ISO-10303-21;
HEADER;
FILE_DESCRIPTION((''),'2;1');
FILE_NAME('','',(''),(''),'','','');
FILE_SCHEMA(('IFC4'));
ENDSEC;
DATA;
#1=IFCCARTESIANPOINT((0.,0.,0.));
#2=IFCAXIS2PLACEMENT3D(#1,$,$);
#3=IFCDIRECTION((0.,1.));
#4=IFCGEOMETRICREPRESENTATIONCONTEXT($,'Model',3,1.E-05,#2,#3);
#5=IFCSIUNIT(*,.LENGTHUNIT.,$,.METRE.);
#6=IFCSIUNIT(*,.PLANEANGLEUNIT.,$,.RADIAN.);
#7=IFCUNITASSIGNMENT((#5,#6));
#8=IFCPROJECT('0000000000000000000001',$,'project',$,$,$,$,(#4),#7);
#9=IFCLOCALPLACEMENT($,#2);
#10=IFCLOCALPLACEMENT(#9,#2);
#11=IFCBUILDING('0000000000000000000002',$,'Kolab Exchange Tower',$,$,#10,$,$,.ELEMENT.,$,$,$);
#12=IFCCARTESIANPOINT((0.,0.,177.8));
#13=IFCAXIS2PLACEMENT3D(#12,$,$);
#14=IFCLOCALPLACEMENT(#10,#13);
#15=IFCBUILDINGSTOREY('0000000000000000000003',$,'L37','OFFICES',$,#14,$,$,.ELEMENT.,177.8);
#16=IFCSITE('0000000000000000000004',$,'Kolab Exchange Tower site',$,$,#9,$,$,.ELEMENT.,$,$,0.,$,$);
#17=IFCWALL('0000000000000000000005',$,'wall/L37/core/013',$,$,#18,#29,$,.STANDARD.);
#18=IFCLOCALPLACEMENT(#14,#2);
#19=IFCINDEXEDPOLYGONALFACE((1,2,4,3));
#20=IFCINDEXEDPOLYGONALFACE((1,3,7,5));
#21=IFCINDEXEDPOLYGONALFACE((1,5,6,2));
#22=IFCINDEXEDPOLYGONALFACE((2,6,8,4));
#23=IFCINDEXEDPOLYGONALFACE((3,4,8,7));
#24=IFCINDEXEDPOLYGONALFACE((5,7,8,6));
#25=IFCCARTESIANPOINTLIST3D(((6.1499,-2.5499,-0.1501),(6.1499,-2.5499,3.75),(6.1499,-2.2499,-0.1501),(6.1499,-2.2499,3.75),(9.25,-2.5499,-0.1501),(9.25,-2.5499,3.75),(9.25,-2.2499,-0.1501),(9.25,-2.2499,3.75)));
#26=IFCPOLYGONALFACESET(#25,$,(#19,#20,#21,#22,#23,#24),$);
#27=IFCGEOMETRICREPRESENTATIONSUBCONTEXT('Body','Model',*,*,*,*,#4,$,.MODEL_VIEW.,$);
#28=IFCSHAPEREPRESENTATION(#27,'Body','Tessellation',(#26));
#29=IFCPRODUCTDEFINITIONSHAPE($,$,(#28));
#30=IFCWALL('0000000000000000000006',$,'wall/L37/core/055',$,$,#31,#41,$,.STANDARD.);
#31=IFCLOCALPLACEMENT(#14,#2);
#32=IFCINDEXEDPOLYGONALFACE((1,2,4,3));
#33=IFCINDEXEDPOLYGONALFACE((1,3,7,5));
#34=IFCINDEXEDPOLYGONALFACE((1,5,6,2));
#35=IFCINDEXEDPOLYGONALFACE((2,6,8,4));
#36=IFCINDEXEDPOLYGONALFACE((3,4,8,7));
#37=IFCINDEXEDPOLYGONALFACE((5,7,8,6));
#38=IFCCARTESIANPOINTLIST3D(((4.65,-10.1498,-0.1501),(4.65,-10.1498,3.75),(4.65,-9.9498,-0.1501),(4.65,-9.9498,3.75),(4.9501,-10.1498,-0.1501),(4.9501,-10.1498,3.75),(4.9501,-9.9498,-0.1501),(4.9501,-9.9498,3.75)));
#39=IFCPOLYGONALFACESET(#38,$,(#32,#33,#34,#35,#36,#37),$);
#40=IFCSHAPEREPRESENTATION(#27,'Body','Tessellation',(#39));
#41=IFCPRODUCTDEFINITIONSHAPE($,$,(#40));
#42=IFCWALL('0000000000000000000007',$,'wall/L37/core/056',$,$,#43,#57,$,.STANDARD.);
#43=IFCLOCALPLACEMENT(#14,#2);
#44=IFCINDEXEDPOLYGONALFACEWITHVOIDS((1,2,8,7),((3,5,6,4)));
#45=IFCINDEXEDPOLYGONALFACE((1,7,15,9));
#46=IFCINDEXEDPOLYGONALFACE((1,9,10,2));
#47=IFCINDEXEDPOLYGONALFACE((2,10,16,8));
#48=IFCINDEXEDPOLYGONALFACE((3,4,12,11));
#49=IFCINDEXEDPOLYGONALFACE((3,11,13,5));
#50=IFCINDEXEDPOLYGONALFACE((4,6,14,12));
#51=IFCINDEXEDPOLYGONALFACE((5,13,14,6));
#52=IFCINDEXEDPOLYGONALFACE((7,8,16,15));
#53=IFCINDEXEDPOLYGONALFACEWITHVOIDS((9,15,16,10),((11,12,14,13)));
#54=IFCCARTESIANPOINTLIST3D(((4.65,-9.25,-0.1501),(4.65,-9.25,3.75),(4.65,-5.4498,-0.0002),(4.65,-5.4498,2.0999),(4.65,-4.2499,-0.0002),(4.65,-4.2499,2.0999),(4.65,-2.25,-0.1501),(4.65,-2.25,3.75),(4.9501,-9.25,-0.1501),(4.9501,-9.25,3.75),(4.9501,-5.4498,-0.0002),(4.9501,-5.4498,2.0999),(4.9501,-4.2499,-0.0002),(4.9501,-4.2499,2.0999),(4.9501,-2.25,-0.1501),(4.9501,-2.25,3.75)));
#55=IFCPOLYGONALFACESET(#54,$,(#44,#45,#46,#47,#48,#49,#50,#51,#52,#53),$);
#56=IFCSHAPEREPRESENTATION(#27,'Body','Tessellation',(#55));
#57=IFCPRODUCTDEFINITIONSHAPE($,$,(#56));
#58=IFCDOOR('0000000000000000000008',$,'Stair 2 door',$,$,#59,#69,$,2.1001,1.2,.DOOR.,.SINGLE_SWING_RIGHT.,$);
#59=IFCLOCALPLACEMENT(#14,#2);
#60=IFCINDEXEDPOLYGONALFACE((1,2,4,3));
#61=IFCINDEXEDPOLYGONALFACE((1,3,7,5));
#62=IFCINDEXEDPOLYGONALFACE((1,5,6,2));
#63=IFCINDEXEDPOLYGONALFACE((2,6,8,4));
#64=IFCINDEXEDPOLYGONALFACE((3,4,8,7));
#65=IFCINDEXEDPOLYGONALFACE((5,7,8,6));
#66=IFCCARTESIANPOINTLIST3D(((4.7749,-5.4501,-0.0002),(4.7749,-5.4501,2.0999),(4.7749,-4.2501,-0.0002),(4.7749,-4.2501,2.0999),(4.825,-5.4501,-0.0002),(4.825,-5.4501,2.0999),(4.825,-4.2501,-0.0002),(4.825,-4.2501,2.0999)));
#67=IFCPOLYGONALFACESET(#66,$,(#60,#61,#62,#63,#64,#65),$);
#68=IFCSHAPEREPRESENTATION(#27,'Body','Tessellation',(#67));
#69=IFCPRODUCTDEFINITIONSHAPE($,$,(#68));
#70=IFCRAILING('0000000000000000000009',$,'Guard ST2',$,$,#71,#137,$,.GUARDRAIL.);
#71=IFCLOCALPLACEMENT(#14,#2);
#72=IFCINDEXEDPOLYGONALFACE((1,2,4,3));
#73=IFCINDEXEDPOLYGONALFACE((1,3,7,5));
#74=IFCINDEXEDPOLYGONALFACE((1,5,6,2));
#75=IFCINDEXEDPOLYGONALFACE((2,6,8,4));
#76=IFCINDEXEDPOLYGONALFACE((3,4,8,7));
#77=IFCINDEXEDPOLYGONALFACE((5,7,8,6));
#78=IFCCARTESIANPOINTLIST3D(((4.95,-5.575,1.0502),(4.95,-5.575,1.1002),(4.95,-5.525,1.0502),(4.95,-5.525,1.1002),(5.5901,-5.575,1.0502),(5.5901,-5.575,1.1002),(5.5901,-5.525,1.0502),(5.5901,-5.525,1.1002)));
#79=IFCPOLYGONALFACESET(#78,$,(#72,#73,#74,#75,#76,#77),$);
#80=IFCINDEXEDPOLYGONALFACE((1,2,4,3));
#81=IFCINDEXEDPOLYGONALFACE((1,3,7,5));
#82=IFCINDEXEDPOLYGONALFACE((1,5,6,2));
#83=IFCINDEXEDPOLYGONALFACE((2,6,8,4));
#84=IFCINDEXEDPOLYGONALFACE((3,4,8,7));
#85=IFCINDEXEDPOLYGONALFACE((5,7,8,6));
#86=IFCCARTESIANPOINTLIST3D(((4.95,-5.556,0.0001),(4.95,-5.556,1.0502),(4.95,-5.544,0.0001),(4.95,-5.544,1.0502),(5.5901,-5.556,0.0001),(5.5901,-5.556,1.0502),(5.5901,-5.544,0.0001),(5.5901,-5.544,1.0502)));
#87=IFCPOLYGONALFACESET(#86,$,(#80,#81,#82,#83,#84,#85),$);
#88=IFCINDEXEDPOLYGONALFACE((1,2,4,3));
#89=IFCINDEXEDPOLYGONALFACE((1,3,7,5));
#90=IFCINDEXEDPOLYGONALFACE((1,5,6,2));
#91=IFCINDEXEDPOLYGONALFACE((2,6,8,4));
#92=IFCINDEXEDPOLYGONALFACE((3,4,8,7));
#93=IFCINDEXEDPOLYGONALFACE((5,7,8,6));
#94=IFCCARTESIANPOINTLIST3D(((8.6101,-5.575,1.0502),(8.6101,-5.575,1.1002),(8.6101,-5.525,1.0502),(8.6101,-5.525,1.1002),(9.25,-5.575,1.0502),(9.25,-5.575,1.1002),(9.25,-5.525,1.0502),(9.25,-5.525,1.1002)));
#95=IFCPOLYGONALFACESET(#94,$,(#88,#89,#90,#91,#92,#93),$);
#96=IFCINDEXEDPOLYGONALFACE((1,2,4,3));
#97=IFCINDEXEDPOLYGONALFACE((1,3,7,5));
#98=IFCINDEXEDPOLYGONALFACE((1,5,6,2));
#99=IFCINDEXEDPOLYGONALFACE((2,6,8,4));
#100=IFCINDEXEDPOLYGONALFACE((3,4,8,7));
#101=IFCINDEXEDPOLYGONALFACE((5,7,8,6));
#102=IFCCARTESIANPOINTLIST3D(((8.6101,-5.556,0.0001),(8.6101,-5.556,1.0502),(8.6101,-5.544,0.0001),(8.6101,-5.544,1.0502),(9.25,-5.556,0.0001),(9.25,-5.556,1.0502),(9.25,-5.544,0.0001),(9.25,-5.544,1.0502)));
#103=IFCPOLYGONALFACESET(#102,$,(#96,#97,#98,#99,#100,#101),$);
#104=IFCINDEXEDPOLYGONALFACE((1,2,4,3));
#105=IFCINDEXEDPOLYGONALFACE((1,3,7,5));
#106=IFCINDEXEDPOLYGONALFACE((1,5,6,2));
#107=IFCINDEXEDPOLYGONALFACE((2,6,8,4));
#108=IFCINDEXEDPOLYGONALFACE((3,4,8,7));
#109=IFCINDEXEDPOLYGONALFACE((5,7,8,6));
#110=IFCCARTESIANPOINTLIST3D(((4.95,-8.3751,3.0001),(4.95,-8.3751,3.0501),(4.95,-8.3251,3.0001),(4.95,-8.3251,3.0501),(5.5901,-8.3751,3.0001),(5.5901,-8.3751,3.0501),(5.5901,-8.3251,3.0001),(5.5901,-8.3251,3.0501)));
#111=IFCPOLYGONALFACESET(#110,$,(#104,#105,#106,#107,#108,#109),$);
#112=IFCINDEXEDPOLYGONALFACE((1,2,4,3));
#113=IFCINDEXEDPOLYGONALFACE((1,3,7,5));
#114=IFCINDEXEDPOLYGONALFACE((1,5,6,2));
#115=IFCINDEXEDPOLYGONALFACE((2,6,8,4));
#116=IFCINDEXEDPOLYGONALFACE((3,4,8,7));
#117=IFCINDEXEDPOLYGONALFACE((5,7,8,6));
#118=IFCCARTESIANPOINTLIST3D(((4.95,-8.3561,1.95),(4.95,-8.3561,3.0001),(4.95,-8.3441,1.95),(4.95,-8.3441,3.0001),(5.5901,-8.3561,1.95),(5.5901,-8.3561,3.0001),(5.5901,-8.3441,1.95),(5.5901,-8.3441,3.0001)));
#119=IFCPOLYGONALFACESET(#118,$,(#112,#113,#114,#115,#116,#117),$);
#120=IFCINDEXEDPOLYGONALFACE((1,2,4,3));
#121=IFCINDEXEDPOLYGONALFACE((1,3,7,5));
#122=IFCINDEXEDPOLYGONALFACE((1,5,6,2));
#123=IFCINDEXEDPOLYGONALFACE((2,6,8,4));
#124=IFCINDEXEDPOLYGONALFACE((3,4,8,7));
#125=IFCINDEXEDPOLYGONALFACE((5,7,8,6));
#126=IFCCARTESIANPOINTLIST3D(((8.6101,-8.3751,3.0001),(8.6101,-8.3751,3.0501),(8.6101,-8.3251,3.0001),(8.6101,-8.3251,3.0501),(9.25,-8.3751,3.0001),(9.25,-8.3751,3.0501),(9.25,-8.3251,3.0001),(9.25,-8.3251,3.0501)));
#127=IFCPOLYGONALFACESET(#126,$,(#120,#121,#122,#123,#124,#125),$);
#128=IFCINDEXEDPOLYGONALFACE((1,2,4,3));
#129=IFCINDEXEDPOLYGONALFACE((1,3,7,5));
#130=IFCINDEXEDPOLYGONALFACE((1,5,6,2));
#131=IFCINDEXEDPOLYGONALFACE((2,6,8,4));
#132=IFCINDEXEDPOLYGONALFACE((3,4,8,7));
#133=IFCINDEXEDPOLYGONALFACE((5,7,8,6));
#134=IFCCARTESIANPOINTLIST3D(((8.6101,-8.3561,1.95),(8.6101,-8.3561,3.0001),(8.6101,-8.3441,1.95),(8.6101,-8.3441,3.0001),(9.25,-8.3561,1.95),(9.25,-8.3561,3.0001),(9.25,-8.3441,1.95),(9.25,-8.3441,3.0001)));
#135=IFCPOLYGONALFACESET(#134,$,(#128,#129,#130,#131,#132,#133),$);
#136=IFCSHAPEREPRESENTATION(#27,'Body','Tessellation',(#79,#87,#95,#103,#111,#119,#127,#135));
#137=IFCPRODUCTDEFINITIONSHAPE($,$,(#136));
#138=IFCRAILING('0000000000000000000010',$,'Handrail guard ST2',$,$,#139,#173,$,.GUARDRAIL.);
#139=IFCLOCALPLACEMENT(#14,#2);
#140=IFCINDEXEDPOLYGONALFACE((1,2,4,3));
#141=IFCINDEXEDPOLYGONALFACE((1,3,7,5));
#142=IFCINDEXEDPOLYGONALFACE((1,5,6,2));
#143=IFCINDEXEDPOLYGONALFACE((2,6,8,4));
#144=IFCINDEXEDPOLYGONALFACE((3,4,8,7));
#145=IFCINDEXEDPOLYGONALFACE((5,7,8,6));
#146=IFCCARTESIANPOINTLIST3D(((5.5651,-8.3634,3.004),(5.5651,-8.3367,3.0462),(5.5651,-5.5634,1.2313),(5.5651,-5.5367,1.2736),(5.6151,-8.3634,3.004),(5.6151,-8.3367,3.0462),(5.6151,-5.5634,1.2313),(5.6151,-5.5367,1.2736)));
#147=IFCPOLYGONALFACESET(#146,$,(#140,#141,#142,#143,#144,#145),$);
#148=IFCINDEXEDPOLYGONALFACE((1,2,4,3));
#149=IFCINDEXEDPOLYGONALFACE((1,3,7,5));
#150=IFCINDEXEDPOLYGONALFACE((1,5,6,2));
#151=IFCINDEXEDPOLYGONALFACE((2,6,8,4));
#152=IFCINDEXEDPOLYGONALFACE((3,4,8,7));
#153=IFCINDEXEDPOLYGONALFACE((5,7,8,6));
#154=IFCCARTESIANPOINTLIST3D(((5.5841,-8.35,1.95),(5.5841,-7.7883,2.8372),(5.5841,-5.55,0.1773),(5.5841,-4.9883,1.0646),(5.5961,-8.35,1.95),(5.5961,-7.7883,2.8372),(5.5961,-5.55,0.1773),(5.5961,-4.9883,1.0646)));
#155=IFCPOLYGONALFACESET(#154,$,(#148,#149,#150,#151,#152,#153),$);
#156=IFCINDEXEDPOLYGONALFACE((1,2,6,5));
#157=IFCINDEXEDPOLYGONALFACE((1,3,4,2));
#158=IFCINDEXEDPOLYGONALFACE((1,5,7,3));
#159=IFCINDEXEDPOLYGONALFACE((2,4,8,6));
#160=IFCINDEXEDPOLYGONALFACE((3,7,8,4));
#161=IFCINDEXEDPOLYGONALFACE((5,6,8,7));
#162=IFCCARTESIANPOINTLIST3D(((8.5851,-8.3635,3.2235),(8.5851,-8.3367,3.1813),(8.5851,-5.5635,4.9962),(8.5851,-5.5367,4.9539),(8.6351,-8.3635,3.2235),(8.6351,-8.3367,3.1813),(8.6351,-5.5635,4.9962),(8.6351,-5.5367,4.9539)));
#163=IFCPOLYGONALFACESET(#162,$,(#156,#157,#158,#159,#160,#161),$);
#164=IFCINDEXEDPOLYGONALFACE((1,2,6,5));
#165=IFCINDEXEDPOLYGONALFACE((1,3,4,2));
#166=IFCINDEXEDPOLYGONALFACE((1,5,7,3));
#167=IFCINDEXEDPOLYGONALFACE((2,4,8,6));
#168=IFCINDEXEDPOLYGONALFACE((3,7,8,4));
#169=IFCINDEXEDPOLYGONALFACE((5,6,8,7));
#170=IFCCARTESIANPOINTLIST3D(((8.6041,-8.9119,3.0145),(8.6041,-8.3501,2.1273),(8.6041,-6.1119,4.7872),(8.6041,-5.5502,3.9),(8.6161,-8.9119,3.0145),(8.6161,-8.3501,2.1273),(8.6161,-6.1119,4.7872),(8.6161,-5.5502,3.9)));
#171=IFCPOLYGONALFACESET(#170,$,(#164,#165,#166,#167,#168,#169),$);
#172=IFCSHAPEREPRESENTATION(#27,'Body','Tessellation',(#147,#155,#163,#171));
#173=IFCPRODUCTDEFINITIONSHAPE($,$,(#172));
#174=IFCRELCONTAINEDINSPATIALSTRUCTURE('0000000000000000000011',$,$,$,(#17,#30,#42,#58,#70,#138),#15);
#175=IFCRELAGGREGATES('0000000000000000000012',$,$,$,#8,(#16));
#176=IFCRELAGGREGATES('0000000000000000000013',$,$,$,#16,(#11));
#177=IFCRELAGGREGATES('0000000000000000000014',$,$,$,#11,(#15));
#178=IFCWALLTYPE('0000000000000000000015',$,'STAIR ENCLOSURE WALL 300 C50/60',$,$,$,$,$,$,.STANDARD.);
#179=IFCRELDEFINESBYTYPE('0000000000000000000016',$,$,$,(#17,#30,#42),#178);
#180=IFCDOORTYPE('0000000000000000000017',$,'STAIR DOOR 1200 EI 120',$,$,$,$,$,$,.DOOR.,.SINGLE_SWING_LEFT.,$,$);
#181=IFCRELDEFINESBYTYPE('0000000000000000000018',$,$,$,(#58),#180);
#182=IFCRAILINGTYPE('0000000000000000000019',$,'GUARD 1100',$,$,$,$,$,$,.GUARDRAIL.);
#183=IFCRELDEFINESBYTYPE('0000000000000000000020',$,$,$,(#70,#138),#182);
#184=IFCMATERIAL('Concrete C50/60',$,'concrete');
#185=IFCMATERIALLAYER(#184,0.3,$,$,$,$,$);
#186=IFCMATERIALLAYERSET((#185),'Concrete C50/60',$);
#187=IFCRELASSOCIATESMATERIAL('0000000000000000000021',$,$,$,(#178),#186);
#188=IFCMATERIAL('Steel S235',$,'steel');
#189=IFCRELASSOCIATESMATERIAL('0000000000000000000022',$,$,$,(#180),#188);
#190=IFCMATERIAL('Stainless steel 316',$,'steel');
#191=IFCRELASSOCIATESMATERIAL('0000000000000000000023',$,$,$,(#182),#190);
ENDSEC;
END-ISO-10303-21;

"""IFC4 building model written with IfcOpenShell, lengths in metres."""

from ifc_helpers import new_model, si_unit, direction, frame, frame_2d, origin, origin_2d, place, context, subcontext, project, spatial, rectangle, extrude, material, layer, layer_set, type_object, element, fill, save


model = new_model("IFC4")

# Units and contexts
model_context = context("Model", 3, precision=1e-05, world=origin(), true_north=direction((0.0, 1.0)))
body_context = subcontext(model_context, "Body", "Model", "MODEL_VIEW")
ifc_project = project(units=[si_unit("LENGTHUNIT", "METRE"), si_unit("PLANEANGLEUNIT", "RADIAN")], contexts=[model_context])

# Site, building, storey
site_placement = place(None, origin())
site = spatial("IfcSite", under=ifc_project, at=site_placement, Name="Kolab Exchange Tower site", CompositionType="ELEMENT", RefElevation=0.0)
building_placement = place(site_placement, origin())
building = spatial("IfcBuilding", under=site, at=building_placement, Name="Kolab Exchange Tower", CompositionType="ELEMENT")
storey_placement = place(building_placement, frame((0.0, 0.0, 177.8)))
storey = spatial("IfcBuildingStorey", under=building, at=storey_placement, Name="L37", Description="OFFICES", CompositionType="ELEMENT", Elevation=177.8)

# Shared definitions
ifc_material_1 = material(Name="Concrete C50/60", Category="concrete")
ifc_material_2 = material(Name="Stainless steel 316", Category="steel")

# Walls
ifc_layer_1 = layer(ifc_material_1, 0.3)
ifc_layer_set_1 = layer_set([ifc_layer_1], Name="Concrete C50/60")
wall_type_1 = type_object("IfcWallType", Name="STAIR ENCLOSURE WALL 300 C50/60", PredefinedType="STANDARD", material=ifc_layer_set_1)
wall_1_placement = place(storey_placement, frame((6.1499, -2.3999, -0.1501), z_axis=(0.0, 0.0, 1.0), x_axis=(1.0, 0.0, 0.0)))
element("IfcWall", 1, at=wall_1_placement, inside=storey, type_object=wall_type_1, Name="wall/L37/core/013", PredefinedType="STANDARD", context=body_context, shape_type="SweptSolid", body=[
    extrude(rectangle(XDim=3.1001, YDim=0.3, at=frame_2d((1.55, 0.0))), origin(), (0.0, 0.0, 1.0), 3.9001),
])
wall_2_placement = place(storey_placement, frame((4.8, -10.1499, -0.1501), z_axis=(0.0, 0.0, 1.0), x_axis=(0.0, 1.0, 0.0)))
element("IfcWall", 2, at=wall_2_placement, inside=storey, type_object=wall_type_1, Name="wall/L37/core/055", PredefinedType="STANDARD", context=body_context, shape_type="SweptSolid", body=[
    extrude(rectangle(XDim=0.2, YDim=0.3, at=frame_2d((0.1001, 0.0))), origin(), (0.0, 0.0, 1.0), 3.9001),
])

# Wall, opening, door
wall_3_placement = place(storey_placement, frame((4.8, -9.25, -0.1501), z_axis=(0.0, 0.0, 1.0), x_axis=(0.0, 1.0, 0.0)))
wall_3 = element("IfcWall", 3, at=wall_3_placement, inside=storey, type_object=wall_type_1, Name="wall/L37/core/056", PredefinedType="STANDARD", context=body_context, shape_type="SweptSolid", body=[
    extrude(rectangle(XDim=7.0, YDim=0.3, at=frame_2d((3.5, 0.0))), origin(), (0.0, 0.0, 1.0), 3.9001),
])
opening_1_placement = place(wall_3_placement, frame((3.8, 0.0, 0.1499)))
opening_1 = element("IfcOpeningElement", 4, at=opening_1_placement, cuts=wall_3, PredefinedType="OPENING", context=body_context, shape_type="SweptSolid", body=[
    extrude(rectangle(XDim=1.2, YDim=2.1001, at=frame_2d((0.6001, 1.05))), frame((0.0, 0.1602, 0.0), z_axis=(0.0, -1.0, 0.0), x_axis=(1.0, 0.0, 0.0)), (0.0, 0.0, 1.0), 0.3201),
])
ifc_material_3 = material(Name="Steel S235", Category="steel")
door_type_1 = type_object("IfcDoorType", Name="STAIR DOOR 1200 EI 120", OperationType="SINGLE_SWING_LEFT", PredefinedType="DOOR", material=ifc_material_3)
door_1_placement = place(opening_1_placement, frame((1.2, 0.0, 0.0), z_axis=(0.0, 0.0, 1.0), x_axis=(-1.0, 0.0, 0.0)))
door_1 = element("IfcDoor", 5, at=door_1_placement, inside=storey, type_object=door_type_1, Name="Stair 2 door", OperationType="SINGLE_SWING_RIGHT", OverallHeight=2.1001, OverallWidth=1.2, PredefinedType="DOOR", context=body_context, shape_type="SweptSolid", body=[
    extrude(rectangle(XDim=1.2, YDim=2.1001, at=frame_2d((0.6001, 1.05))), frame((0.0, 0.0249, 0.0), z_axis=(0.0, -1.0, 0.0), x_axis=(1.0, 0.0, 0.0)), (0.0, 0.0, 1.0), 0.05),
])
fill(opening_1, door_1)

# Railings
railing_type = type_object("IfcRailingType", Name="GUARD 1100", PredefinedType="GUARDRAIL", material=ifc_material_2)
railing_1_placement = place(storey_placement, frame((4.95, -5.55, 0.0)))
element("IfcRailing", 6, at=railing_1_placement, inside=storey, type_object=railing_type, Name="Guard ST2", PredefinedType="GUARDRAIL", context=body_context, shape_type="SweptSolid", body=[
    extrude(rectangle(XDim=0.05, YDim=0.05, at=origin_2d()), frame((0.0, 0.0, 1.0752), z_axis=(1.0, 0.0, 0.0), x_axis=(0.0, 1.0, 0.0)), (0.0, 0.0, 1.0), 0.6401),
    extrude(rectangle(XDim=0.012, YDim=1.0501, at=frame_2d((0.0, 0.5251))), frame((0.0, 0.0, 0.0), z_axis=(1.0, 0.0, 0.0), x_axis=(0.0, 1.0, 0.0)), (0.0, 0.0, 1.0), 0.6401),
    extrude(rectangle(XDim=0.05, YDim=0.05, at=origin_2d()), frame((3.6602, 0.0, 1.0752), z_axis=(1.0, 0.0, 0.0), x_axis=(0.0, 1.0, 0.0)), (0.0, 0.0, 1.0), 0.6399),
    extrude(rectangle(XDim=0.012, YDim=1.0501, at=frame_2d((0.0, 0.5251))), frame((3.6602, 0.0, 0.0), z_axis=(1.0, 0.0, 0.0), x_axis=(0.0, 1.0, 0.0)), (0.0, 0.0, 1.0), 0.6399),
    extrude(rectangle(XDim=0.05, YDim=0.05, at=origin_2d()), frame((0.0, -2.8, 3.0251), z_axis=(1.0, 0.0, 0.0), x_axis=(0.0, 1.0, 0.0)), (0.0, 0.0, 1.0), 0.6401),
    extrude(rectangle(XDim=0.012, YDim=1.0501, at=frame_2d((0.0, 0.5251))), frame((0.0, -2.8, 1.95), z_axis=(1.0, 0.0, 0.0), x_axis=(0.0, 1.0, 0.0)), (0.0, 0.0, 1.0), 0.6401),
    extrude(rectangle(XDim=0.05, YDim=0.05, at=origin_2d()), frame((3.6602, -2.8, 3.0251), z_axis=(1.0, 0.0, 0.0), x_axis=(0.0, 1.0, 0.0)), (0.0, 0.0, 1.0), 0.6399),
    extrude(rectangle(XDim=0.012, YDim=1.0501, at=frame_2d((0.0, 0.5251))), frame((3.6602, -2.8, 1.95), z_axis=(1.0, 0.0, 0.0), x_axis=(0.0, 1.0, 0.0)), (0.0, 0.0, 1.0), 0.6399),
])
railing_2_placement = place(storey_placement, frame((5.5901, -5.55, 0.1772)))
element("IfcRailing", 7, at=railing_2_placement, inside=storey, type_object=railing_type, Name="Handrail guard ST2", PredefinedType="GUARDRAIL", context=body_context, shape_type="SweptSolid", body=[
    extrude(rectangle(XDim=0.05, YDim=0.05, at=origin_2d()), frame((0.0, 0.0, 1.0752), z_axis=(0.0, -0.844909, 0.53491), x_axis=(1.0, 0.0, 0.0)), (0.0, 0.0, 1.0), 3.314),
    extrude(rectangle(XDim=0.012, YDim=1.0501, at=frame_2d((0.0, 0.5251))), frame((0.0, 0.0, 0.0), z_axis=(0.0, -0.844909, 0.53491), x_axis=(1.0, 0.0, 0.0)), (0.0, 0.0, 1.0), 3.314),
    extrude(rectangle(XDim=0.05, YDim=0.05, at=origin_2d()), frame((3.02, -2.8, 3.0251), z_axis=(0.0, 0.844909, 0.53491), x_axis=(-1.0, 0.0, 0.0)), (0.0, 0.0, 1.0), 3.314),
    extrude(rectangle(XDim=0.012, YDim=1.0501, at=frame_2d((0.0, 0.5251))), frame((3.02, -2.8, 1.95), z_axis=(0.0, 0.844909, 0.53491), x_axis=(-1.0, 0.0, 0.0)), (0.0, 0.0, 1.0), 3.314),
])

save(model, "model.ifc")
